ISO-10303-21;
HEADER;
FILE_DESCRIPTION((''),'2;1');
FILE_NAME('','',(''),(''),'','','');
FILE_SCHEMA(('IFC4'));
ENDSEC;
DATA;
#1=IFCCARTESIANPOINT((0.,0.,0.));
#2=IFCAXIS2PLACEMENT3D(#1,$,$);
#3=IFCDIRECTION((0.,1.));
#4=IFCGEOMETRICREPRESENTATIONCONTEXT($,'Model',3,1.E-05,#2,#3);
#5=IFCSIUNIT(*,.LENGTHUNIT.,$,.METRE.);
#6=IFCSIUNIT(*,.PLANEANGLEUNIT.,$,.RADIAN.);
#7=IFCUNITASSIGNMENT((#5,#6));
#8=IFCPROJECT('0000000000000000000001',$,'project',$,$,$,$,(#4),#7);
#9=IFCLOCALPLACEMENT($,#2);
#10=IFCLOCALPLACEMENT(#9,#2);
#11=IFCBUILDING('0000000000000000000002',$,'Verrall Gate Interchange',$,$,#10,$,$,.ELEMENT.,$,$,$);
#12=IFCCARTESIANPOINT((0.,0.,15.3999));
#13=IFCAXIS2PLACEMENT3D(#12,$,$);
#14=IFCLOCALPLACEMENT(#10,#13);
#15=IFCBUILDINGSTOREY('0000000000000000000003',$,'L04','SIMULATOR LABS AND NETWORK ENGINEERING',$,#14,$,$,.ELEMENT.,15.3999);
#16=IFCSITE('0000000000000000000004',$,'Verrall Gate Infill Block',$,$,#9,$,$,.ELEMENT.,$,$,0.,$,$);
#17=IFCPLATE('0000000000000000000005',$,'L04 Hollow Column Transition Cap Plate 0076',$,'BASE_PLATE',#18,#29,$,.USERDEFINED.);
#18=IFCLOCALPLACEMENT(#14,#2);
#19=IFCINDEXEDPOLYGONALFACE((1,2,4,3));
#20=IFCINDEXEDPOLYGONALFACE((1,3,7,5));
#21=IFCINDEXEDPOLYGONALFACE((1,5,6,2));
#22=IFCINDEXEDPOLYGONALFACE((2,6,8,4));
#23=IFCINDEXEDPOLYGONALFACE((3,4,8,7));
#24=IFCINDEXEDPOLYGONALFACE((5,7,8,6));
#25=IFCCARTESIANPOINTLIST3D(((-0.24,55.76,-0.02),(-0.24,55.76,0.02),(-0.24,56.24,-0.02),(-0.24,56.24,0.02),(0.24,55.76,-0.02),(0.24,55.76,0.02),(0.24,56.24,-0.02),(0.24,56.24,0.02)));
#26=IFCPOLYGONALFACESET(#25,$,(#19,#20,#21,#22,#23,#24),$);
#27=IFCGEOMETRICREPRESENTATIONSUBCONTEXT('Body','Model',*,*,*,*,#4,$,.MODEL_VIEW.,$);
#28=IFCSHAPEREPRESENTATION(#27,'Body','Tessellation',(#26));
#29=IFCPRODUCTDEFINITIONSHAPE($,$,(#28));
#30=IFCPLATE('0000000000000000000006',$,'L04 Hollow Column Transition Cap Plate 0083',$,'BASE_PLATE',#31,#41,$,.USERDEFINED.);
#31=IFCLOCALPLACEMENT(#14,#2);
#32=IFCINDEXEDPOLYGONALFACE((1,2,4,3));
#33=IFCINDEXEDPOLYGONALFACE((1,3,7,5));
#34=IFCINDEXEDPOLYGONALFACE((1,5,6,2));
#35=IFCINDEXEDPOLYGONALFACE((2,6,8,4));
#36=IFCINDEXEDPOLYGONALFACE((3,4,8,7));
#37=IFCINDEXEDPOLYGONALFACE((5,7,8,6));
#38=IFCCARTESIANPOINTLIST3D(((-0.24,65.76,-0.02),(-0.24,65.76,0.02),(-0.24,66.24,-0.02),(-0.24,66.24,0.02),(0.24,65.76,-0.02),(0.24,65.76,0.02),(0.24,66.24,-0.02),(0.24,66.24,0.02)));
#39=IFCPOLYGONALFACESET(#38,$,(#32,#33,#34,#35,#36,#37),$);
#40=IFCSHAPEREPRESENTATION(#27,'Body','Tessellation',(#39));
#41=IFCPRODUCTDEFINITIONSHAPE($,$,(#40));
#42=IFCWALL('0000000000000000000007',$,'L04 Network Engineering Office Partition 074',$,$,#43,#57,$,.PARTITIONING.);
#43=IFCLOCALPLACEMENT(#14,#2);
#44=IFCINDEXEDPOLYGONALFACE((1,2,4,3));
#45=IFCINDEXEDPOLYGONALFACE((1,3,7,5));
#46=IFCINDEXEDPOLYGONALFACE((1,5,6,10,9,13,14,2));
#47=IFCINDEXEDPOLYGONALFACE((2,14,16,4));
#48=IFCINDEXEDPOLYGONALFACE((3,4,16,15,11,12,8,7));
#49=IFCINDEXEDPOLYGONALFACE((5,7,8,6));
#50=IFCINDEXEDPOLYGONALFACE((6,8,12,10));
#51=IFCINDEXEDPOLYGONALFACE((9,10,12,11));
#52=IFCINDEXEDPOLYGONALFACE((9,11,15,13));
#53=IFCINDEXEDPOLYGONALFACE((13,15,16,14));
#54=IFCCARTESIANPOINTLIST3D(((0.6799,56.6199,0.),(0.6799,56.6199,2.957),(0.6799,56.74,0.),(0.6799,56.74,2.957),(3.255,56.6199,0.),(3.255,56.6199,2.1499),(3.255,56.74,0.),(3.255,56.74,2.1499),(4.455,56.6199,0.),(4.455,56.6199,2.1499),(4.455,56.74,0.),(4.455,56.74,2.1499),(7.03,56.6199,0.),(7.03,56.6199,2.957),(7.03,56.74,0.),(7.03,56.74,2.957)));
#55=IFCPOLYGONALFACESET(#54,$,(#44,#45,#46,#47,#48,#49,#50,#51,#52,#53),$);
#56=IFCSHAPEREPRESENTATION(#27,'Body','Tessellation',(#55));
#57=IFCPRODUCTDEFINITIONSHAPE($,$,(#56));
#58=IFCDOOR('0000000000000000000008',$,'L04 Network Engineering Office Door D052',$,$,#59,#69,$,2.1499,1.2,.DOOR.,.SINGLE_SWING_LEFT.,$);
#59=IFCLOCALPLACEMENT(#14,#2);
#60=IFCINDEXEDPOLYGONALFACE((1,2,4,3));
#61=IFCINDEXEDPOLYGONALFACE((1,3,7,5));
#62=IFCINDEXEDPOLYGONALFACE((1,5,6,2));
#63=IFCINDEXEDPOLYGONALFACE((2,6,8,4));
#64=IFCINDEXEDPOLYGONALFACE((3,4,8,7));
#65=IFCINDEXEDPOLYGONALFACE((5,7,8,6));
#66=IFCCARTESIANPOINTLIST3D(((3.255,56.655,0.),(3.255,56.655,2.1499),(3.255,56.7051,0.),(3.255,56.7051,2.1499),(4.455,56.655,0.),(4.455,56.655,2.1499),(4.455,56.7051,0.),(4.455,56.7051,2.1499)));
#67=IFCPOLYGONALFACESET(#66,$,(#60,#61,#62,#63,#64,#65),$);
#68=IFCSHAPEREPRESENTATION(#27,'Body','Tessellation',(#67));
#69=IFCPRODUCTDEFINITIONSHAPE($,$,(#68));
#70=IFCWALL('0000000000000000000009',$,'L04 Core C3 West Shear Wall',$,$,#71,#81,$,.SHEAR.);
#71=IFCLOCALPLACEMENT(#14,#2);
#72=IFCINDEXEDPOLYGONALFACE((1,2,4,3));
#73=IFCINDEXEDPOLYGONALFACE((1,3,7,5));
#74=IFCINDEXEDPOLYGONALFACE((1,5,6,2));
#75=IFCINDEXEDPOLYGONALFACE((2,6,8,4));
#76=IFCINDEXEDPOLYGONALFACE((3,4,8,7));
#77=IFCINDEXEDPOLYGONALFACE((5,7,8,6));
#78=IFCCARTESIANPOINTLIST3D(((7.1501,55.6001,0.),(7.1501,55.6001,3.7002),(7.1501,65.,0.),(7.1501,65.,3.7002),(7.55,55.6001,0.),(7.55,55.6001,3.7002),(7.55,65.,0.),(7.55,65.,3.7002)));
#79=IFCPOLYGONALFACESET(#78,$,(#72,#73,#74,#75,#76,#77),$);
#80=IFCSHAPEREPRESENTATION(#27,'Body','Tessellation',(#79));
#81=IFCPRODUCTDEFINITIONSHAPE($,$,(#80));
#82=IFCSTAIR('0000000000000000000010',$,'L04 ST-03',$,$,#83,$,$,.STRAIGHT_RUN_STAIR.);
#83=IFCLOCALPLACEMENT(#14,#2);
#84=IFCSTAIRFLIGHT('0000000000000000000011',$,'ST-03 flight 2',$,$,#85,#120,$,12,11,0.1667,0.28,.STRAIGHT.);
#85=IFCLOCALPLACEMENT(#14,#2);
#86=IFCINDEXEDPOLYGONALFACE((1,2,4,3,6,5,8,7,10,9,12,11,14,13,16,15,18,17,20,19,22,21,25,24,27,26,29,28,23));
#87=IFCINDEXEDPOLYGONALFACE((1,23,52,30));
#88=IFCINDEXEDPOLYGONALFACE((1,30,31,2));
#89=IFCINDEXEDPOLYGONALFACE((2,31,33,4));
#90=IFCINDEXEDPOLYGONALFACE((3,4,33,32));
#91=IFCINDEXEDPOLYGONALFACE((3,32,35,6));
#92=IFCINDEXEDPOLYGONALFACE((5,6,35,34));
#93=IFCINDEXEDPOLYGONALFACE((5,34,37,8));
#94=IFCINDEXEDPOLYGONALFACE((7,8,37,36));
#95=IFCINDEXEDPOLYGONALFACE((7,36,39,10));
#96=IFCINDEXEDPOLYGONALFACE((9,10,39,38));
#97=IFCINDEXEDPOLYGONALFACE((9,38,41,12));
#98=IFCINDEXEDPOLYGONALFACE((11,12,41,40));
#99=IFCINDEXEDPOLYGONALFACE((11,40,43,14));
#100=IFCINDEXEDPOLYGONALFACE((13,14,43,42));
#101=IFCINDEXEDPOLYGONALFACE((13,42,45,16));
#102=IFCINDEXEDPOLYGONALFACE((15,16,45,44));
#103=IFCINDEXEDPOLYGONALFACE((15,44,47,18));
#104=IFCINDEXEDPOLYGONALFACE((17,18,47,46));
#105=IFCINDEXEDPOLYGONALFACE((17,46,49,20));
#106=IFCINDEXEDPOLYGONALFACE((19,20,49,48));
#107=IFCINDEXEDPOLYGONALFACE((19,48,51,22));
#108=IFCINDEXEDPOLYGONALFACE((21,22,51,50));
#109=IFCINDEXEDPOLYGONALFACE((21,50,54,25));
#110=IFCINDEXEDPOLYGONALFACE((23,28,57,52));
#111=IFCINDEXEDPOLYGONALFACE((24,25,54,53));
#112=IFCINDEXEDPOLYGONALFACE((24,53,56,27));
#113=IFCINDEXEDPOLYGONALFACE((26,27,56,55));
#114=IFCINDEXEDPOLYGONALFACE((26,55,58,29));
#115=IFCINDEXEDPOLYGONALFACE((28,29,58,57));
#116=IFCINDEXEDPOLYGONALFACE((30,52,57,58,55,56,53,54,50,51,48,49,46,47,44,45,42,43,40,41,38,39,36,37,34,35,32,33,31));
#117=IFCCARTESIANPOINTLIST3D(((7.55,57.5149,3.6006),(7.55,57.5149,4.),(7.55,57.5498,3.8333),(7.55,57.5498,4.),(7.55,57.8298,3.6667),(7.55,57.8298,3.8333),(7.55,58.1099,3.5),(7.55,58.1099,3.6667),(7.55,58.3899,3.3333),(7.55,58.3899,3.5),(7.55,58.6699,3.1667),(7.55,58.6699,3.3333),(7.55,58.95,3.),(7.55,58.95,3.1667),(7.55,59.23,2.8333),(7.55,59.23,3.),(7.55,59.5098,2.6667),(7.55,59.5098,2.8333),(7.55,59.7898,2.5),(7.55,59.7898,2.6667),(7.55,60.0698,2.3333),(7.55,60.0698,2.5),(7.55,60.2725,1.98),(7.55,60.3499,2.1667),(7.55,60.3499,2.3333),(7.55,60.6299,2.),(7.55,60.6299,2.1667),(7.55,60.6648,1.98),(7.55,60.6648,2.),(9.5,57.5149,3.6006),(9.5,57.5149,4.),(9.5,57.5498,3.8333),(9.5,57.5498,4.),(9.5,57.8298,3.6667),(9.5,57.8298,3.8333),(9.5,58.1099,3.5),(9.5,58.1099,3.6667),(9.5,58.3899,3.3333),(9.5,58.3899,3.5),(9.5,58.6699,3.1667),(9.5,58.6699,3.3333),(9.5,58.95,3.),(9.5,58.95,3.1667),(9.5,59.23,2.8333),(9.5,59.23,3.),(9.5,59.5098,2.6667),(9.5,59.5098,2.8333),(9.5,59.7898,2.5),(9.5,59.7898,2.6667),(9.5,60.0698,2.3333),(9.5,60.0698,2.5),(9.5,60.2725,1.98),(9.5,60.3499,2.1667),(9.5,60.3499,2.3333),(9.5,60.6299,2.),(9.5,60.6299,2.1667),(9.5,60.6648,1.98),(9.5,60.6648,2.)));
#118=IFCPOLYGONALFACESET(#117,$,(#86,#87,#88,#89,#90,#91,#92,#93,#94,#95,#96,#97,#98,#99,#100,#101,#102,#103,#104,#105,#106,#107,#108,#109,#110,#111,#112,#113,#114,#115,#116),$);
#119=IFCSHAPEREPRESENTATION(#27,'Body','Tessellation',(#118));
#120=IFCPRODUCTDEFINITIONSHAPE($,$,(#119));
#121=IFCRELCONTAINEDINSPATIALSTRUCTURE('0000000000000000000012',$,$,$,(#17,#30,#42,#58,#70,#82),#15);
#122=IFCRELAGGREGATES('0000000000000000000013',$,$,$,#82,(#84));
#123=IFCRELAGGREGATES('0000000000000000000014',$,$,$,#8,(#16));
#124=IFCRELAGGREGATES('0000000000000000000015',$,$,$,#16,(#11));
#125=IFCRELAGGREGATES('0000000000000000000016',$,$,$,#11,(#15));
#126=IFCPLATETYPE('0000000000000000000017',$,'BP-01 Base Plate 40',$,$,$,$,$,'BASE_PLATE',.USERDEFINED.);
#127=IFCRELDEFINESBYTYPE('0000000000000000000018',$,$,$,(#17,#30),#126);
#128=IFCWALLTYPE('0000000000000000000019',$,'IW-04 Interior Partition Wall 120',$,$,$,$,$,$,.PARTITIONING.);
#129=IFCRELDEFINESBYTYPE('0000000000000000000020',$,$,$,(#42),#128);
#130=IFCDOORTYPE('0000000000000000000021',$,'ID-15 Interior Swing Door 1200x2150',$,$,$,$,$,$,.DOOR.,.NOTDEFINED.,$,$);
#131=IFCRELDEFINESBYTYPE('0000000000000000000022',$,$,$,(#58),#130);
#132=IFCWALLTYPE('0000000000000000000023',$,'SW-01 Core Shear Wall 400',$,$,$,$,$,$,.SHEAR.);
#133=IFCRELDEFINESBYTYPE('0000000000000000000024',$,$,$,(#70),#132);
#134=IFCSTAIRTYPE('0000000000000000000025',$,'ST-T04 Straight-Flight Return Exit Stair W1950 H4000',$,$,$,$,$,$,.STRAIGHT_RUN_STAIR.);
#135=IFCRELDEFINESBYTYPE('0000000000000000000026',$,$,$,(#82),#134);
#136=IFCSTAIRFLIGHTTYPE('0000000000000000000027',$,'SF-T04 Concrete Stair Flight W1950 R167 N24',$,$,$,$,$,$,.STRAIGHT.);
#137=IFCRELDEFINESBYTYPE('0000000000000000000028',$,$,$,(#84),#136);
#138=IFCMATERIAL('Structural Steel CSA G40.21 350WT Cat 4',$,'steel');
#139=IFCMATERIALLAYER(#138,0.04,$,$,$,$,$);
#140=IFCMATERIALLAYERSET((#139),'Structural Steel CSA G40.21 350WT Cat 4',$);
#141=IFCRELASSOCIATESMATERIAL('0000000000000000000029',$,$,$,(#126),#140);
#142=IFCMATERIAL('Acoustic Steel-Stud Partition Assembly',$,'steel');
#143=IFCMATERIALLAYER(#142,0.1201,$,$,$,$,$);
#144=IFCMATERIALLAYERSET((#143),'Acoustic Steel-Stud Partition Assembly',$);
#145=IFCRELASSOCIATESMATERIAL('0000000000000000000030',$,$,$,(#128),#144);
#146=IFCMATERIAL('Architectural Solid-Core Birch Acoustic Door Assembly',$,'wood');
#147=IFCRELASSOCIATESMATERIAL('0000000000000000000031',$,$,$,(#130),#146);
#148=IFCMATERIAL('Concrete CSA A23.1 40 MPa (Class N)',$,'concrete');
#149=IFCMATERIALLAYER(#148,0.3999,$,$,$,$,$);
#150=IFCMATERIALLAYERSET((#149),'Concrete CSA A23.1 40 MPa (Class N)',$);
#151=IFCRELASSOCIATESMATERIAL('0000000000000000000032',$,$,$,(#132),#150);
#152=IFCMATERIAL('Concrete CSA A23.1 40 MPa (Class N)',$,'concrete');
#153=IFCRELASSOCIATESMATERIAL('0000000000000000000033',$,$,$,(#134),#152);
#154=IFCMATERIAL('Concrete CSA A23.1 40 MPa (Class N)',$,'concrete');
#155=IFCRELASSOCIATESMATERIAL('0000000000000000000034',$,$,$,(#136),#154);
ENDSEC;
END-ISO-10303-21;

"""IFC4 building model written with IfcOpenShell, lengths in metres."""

from ifc_helpers import new_model, si_unit, direction, frame, frame_2d, origin, origin_2d, place, context, subcontext, project, spatial, polyline, rectangle, outline, extrude, material, layer, layer_set, type_object, element, fill, aggregate, save


model = new_model("IFC4")

# Units and contexts
model_context = context("Model", 3, precision=1e-05, world=origin(), true_north=direction((0.0, 1.0)))
body_context = subcontext(model_context, "Body", "Model", "MODEL_VIEW")
ifc_project = project(units=[si_unit("LENGTHUNIT", "METRE"), si_unit("PLANEANGLEUNIT", "RADIAN")], contexts=[model_context])

# Site, building, storey
site_placement = place(None, origin())
site = spatial("IfcSite", under=ifc_project, at=site_placement, Name="Verrall Gate Infill Block", CompositionType="ELEMENT", RefElevation=0.0)
building_placement = place(site_placement, origin())
building = spatial("IfcBuilding", under=site, at=building_placement, Name="Verrall Gate Interchange", CompositionType="ELEMENT")
storey_placement = place(building_placement, frame((0.0, 0.0, 15.3999)))
storey = spatial("IfcBuildingStorey", under=building, at=storey_placement, Name="L04", Description="SIMULATOR LABS AND NETWORK ENGINEERING", CompositionType="ELEMENT", Elevation=15.3999)

# Plates
ifc_material_1 = material(Name="Structural Steel CSA G40.21 350WT Cat 4", Category="steel")
ifc_layer_1 = layer(ifc_material_1, 0.04)
ifc_layer_set_1 = layer_set([ifc_layer_1], Name="Structural Steel CSA G40.21 350WT Cat 4")
plate_type = type_object("IfcPlateType", Name="BP-01 Base Plate 40", ElementType="BASE_PLATE", PredefinedType="USERDEFINED", material=ifc_layer_set_1)
for number, where, z_axis, x_axis, name in (
    (1, (0.0, 56.0, -0.02), (0.0, 0.0, 1.0), (1.0, 0.0, 0.0), "L04 Hollow Column Transition Cap Plate 0076"),
    (2, (0.0, 66.0, -0.02), (0.0, 0.0, 1.0), (1.0, 0.0, 0.0), "L04 Hollow Column Transition Cap Plate 0083"),
):
    element("IfcPlate", number, at=place(storey_placement, frame(where, z_axis=z_axis, x_axis=x_axis)), inside=storey, type_object=plate_type, Name=name, ObjectType="BASE_PLATE", PredefinedType="USERDEFINED", context=body_context, shape_type="SweptSolid", body=[
        extrude(rectangle(XDim=0.48, YDim=0.48, at=origin_2d()), origin(), (0.0, 0.0, 1.0), 0.04),
    ])

# Wall, opening, door
ifc_material_2 = material(Name="Acoustic Steel-Stud Partition Assembly", Category="steel")
ifc_layer_2 = layer(ifc_material_2, 0.1201)
ifc_layer_set_2 = layer_set([ifc_layer_2], Name="Acoustic Steel-Stud Partition Assembly")
wall_type_1 = type_object("IfcWallType", Name="IW-04 Interior Partition Wall 120", PredefinedType="PARTITIONING", material=ifc_layer_set_2)
wall_1_placement = place(storey_placement, frame((7.03, 56.6799, 0.0), z_axis=(0.0, 0.0, 1.0), x_axis=(-1.0, 0.0, 0.0)))
wall_1 = element("IfcWall", 3, at=wall_1_placement, inside=storey, type_object=wall_type_1, Name="L04 Network Engineering Office Partition 074", PredefinedType="PARTITIONING", context=body_context, shape_type="SweptSolid", body=[
    extrude(rectangle(XDim=6.3501, YDim=0.1201, at=frame_2d((3.175, 0.0))), origin(), (0.0, 0.0, 1.0), 2.957),
])
opening_placement = place(wall_1_placement, frame((2.575, 0.0, 0.0)))
opening = element("IfcOpeningElement", 4, at=opening_placement, cuts=wall_1, PredefinedType="OPENING", context=body_context, shape_type="SweptSolid", body=[
    extrude(rectangle(XDim=1.2, YDim=2.1499, at=frame_2d((0.6001, 1.075))), frame((0.0, 0.075, 0.0), z_axis=(0.0, -1.0, 0.0), x_axis=(1.0, 0.0, 0.0)), (0.0, 0.0, 1.0), 0.1499),
])
ifc_material_3 = material(Name="Architectural Solid-Core Birch Acoustic Door Assembly", Category="wood")
door_type = type_object("IfcDoorType", Name="ID-15 Interior Swing Door 1200x2150", OperationType="NOTDEFINED", PredefinedType="DOOR", material=ifc_material_3)
door_placement = place(opening_placement, origin())
door = element("IfcDoor", 5, at=door_placement, inside=storey, type_object=door_type, Name="L04 Network Engineering Office Door D052", OperationType="SINGLE_SWING_LEFT", OverallHeight=2.1499, OverallWidth=1.2, PredefinedType="DOOR", context=body_context, shape_type="SweptSolid", body=[
    extrude(rectangle(XDim=1.2, YDim=2.1499, at=frame_2d((0.6001, 1.075))), frame((0.0, 0.0249, 0.0), z_axis=(0.0, -1.0, 0.0), x_axis=(1.0, 0.0, 0.0)), (0.0, 0.0, 1.0), 0.05),
])
fill(opening, door)

# Wall
ifc_material_4 = material(Name="Concrete CSA A23.1 40 MPa (Class N)", Category="concrete")
ifc_layer_3 = layer(ifc_material_4, 0.3999)
ifc_layer_set_3 = layer_set([ifc_layer_3], Name="Concrete CSA A23.1 40 MPa (Class N)")
wall_type_2 = type_object("IfcWallType", Name="SW-01 Core Shear Wall 400", PredefinedType="SHEAR", material=ifc_layer_set_3)
wall_2_placement = place(storey_placement, frame((7.3501, 65.0, 0.0), z_axis=(0.0, 0.0, 1.0), x_axis=(0.0, -1.0, 0.0)))
element("IfcWall", 6, at=wall_2_placement, inside=storey, type_object=wall_type_2, Name="L04 Core C3 West Shear Wall", PredefinedType="SHEAR", context=body_context, shape_type="SweptSolid", body=[
    extrude(rectangle(XDim=9.3999, YDim=0.3999, at=frame_2d((4.7, 0.0))), origin(), (0.0, 0.0, 1.0), 3.7002),
])

# Stair, stair flight
ifc_material_5 = material(Name="Concrete CSA A23.1 40 MPa (Class N)", Category="concrete")
stair_type = type_object("IfcStairType", Name="ST-T04 Straight-Flight Return Exit Stair W1950 H4000", PredefinedType="STRAIGHT_RUN_STAIR", material=ifc_material_5)
stair_placement = place(storey_placement, origin())
stair = element("IfcStair", 7, at=stair_placement, inside=storey, type_object=stair_type, Name="L04 ST-03", PredefinedType="STRAIGHT_RUN_STAIR")
ifc_material_6 = material(Name="Concrete CSA A23.1 40 MPa (Class N)", Category="concrete")
stair_flight_type = type_object("IfcStairFlightType", Name="SF-T04 Concrete Stair Flight W1950 R167 N24", PredefinedType="STRAIGHT", material=ifc_material_6)
stair_flight_placement = place(storey_placement, frame((8.5249, 60.6299, 2.0), z_axis=(0.0, 0.0, 1.0), x_axis=(0.0, -1.0, 0.0)))
stair_flight = element("IfcStairFlight", 8, at=stair_flight_placement, type_object=stair_flight_type, Name="ST-03 flight 2", NumberOfRisers=12, NumberOfTreads=11, PredefinedType="STRAIGHT", RiserHeight=0.1667, TreadLength=0.28, context=body_context, shape_type="SweptSolid", body=[
    extrude(outline(polyline([(-0.0349, -0.02), (-0.0349, 0.0), (0.0, 0.0), (0.0, 0.1667), (0.28, 0.1667), (0.28, 0.3333), (0.5601, 0.3333), (0.5601, 0.5), (0.8401, 0.5), (0.8401, 0.6667), (1.1201, 0.6667), (1.1201, 0.8333), (1.3999, 0.8333), (1.3999, 1.0), (1.6799, 1.0), (1.6799, 1.1667), (1.96, 1.1667), (1.96, 1.3333), (2.24, 1.3333), (2.24, 1.5), (2.52, 1.5), (2.52, 1.6667), (2.8, 1.6667), (2.8, 1.8333), (3.0801, 1.8333), (3.0801, 2.0), (3.115, 2.0), (3.115, 1.6006), (0.3574, -0.02), (-0.0349, -0.02)])), frame((0.0, 0.9751, 0.0), z_axis=(0.0, -1.0, 0.0), x_axis=(1.0, 0.0, 0.0)), (0.0, 0.0, 1.0), 1.95),
])
aggregate(stair, [stair_flight])

save(model, "model.ifc")
